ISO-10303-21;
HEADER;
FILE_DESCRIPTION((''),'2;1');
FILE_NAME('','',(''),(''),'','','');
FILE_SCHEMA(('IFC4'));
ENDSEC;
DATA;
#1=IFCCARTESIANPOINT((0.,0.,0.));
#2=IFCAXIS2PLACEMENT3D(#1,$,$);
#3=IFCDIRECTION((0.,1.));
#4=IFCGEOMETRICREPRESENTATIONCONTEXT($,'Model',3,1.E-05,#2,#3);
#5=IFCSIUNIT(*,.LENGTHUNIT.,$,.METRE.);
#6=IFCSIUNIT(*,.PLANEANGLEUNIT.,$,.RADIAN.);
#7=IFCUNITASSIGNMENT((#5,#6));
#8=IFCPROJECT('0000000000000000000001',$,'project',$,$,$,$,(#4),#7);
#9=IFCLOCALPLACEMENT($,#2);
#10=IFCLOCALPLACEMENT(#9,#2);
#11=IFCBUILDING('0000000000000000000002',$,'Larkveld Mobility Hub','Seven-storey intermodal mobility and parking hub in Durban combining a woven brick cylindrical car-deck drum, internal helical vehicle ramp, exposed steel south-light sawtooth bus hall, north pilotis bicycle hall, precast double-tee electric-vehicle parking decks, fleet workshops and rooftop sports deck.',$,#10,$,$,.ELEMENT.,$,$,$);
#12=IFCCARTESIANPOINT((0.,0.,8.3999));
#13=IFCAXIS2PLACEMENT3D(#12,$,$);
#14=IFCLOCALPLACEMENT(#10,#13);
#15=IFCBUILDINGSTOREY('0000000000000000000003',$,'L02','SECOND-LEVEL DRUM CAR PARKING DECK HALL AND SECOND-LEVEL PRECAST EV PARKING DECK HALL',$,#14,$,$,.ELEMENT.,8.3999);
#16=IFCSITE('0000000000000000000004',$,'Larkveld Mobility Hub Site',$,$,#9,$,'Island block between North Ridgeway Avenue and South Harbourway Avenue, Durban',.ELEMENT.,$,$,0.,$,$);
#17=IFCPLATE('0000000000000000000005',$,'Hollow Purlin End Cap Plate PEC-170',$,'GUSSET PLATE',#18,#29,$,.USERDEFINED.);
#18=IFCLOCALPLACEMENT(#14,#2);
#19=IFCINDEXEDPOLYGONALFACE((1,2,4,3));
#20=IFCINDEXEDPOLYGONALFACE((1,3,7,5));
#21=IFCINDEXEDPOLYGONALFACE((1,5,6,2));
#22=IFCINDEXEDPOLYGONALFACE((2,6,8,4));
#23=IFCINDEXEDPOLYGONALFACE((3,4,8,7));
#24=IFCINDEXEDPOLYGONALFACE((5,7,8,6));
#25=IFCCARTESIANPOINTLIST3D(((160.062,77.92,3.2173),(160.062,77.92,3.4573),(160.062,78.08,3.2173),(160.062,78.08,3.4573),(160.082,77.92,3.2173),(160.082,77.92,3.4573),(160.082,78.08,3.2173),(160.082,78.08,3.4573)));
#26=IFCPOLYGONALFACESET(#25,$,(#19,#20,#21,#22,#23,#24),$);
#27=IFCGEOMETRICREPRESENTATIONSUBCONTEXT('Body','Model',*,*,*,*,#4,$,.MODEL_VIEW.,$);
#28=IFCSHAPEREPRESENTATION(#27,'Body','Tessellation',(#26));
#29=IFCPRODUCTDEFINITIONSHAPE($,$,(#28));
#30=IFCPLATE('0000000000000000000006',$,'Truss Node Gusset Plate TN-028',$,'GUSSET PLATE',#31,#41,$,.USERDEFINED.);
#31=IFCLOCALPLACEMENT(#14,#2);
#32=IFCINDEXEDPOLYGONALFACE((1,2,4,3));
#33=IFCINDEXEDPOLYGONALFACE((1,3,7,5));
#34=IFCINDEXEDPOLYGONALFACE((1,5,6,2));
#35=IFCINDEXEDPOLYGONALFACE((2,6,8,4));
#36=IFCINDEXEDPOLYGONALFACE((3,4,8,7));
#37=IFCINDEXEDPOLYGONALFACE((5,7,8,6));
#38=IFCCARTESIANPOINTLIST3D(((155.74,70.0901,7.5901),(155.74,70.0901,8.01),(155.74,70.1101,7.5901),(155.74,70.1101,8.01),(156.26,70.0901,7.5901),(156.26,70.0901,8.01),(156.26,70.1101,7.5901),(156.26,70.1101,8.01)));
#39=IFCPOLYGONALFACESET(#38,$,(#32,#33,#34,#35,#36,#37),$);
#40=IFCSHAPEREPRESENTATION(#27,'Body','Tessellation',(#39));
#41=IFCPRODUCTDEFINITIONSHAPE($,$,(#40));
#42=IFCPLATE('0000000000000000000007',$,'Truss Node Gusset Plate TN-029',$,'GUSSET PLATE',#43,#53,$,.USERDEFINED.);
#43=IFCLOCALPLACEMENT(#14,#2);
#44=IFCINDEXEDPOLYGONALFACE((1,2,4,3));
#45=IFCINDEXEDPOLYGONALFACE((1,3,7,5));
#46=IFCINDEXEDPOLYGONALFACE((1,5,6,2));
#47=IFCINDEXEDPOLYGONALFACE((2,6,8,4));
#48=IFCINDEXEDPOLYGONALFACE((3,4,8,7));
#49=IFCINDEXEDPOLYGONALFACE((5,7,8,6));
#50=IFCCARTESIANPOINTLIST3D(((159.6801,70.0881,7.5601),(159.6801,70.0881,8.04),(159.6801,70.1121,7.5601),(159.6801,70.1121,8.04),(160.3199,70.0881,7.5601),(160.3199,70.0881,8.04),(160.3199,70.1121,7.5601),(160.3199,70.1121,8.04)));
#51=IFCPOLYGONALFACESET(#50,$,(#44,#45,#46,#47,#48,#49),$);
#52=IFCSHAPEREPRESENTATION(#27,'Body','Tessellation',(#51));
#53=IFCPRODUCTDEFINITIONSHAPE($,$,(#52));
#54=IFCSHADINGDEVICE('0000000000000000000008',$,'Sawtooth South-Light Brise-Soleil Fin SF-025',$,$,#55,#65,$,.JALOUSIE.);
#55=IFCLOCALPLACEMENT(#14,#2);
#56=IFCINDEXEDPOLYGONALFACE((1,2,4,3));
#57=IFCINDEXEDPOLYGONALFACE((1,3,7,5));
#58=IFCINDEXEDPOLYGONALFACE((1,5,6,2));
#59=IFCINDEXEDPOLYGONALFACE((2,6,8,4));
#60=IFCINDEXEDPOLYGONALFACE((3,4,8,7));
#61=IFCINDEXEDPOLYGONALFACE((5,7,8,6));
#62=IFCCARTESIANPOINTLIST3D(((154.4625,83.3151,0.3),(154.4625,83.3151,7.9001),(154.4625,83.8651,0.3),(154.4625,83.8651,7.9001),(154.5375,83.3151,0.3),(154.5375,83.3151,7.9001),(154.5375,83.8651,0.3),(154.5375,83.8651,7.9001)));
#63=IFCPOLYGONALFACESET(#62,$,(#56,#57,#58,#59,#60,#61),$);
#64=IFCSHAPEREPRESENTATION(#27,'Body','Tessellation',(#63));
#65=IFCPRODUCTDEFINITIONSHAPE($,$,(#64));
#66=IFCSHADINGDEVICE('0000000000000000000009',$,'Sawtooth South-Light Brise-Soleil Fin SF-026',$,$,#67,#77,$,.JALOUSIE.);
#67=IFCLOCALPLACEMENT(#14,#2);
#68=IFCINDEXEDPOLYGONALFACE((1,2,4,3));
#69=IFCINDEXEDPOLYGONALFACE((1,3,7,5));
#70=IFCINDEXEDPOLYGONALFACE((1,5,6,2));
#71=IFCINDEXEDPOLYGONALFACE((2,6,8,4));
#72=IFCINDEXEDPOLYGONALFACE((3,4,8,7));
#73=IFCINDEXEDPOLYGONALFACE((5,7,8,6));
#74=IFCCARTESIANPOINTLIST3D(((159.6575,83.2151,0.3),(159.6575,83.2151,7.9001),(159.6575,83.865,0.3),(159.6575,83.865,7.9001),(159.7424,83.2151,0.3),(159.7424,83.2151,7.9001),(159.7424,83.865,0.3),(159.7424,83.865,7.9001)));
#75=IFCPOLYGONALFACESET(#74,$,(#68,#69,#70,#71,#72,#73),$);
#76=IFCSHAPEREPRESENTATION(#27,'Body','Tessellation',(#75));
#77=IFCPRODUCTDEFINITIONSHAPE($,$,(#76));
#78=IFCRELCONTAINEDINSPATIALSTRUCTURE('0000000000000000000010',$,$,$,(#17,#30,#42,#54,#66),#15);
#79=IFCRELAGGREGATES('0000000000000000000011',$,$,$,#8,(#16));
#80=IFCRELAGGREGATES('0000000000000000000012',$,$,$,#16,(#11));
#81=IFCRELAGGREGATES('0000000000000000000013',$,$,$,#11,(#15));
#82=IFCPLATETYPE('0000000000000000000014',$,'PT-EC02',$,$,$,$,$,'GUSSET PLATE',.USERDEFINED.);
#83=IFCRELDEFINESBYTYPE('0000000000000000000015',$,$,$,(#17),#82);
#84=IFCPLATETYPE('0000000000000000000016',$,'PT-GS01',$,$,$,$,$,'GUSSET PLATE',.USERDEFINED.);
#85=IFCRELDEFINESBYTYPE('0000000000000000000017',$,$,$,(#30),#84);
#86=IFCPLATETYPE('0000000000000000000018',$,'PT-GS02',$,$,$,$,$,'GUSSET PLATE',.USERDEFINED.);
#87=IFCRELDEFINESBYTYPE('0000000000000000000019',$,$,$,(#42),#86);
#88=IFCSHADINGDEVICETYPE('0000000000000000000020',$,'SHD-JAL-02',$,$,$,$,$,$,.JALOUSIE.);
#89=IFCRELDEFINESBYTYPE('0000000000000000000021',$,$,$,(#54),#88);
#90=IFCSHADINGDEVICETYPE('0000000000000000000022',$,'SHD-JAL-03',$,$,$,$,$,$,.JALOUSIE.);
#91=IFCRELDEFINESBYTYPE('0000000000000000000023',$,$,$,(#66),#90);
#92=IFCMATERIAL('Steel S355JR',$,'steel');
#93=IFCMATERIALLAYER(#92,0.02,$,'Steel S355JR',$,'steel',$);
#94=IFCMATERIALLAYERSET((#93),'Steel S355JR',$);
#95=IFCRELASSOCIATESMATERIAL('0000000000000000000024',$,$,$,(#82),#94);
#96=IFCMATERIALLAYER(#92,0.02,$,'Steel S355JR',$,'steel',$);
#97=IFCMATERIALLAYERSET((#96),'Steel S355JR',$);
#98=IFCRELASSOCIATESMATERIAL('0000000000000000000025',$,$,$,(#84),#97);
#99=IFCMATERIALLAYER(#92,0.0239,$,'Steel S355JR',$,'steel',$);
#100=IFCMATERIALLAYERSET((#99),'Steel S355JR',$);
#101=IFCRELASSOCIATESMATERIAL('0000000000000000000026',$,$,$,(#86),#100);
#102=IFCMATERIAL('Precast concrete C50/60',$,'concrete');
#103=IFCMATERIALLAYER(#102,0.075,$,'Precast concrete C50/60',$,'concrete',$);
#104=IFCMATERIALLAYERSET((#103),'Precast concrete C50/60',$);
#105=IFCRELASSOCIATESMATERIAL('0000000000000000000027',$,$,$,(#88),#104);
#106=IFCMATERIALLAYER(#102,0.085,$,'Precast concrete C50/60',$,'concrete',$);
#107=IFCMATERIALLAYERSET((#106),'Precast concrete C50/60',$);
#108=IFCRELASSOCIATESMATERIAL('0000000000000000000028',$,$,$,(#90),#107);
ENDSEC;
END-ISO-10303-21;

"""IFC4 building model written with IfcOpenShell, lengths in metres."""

from ifc_helpers import new_model, si_unit, direction, frame, origin, origin_2d, place, context, subcontext, project, spatial, rectangle, extrude, material, layer, layer_set, type_object, element, save


model = new_model("IFC4")

# Units and contexts
model_context = context("Model", 3, precision=1e-05, world=origin(), true_north=direction((0.0, 1.0)))
body_context = subcontext(model_context, "Body", "Model", "MODEL_VIEW")
ifc_project = project(units=[si_unit("LENGTHUNIT", "METRE"), si_unit("PLANEANGLEUNIT", "RADIAN")], contexts=[model_context])

# Site, building, storey
site_placement = place(None, origin())
site = spatial("IfcSite", under=ifc_project, at=site_placement, Name="Larkveld Mobility Hub Site", LongName="Island block between North Ridgeway Avenue and South Harbourway Avenue, Durban", CompositionType="ELEMENT", RefElevation=0.0)
building_placement = place(site_placement, origin())
building = spatial("IfcBuilding", under=site, at=building_placement, Name="Larkveld Mobility Hub", Description="Seven-storey intermodal mobility and parking hub in Durban combining a woven brick cylindrical car-deck drum, internal helical vehicle ramp, exposed steel south-light sawtooth bus hall, north pilotis bicycle hall, precast double-tee electric-vehicle parking decks, fleet workshops and rooftop sports deck.", CompositionType="ELEMENT")
storey_placement = place(building_placement, frame((0.0, 0.0, 8.3999)))
storey = spatial("IfcBuildingStorey", under=building, at=storey_placement, Name="L02", Description="SECOND-LEVEL DRUM CAR PARKING DECK HALL AND SECOND-LEVEL PRECAST EV PARKING DECK HALL", CompositionType="ELEMENT", Elevation=8.3999)

# Shared definitions
ifc_material_1 = material(Name="Steel S355JR", Category="steel")

# Plates
ifc_layer_1 = layer(ifc_material_1, 0.02, Name="Steel S355JR", Category="steel")
ifc_layer_set_1 = layer_set([ifc_layer_1], Name="Steel S355JR")
plate_type_1 = type_object("IfcPlateType", Name="PT-EC02", ElementType="GUSSET PLATE", PredefinedType="USERDEFINED", material=ifc_layer_set_1)
for number, where, z_axis, x_axis, name in (
    (1, (160.072, 78.0, 3.2173), (0.0, 0.0, 1.0), (1.0, 0.0, 0.0), "Hollow Purlin End Cap Plate PEC-170"),
):
    element("IfcPlate", number, at=place(storey_placement, frame(where, z_axis=z_axis, x_axis=x_axis)), inside=storey, type_object=plate_type_1, Name=name, ObjectType="GUSSET PLATE", PredefinedType="USERDEFINED", context=body_context, shape_type="SweptSolid", body=[
        extrude(rectangle(XDim=0.02, YDim=0.1599, at=origin_2d()), origin(), (0.0, 0.0, 1.0), 0.24),
    ])
ifc_layer_2 = layer(ifc_material_1, 0.02, Name="Steel S355JR", Category="steel")
ifc_layer_set_2 = layer_set([ifc_layer_2], Name="Steel S355JR")
plate_type_2 = type_object("IfcPlateType", Name="PT-GS01", ElementType="GUSSET PLATE", PredefinedType="USERDEFINED", material=ifc_layer_set_2)
plate_1_placement = place(storey_placement, frame((156.0, 70.1001, 7.5901), z_axis=(0.0, 0.0, 1.0), x_axis=(1.0, 0.0, 0.0)))
element("IfcPlate", 2, at=plate_1_placement, inside=storey, type_object=plate_type_2, Name="Truss Node Gusset Plate TN-028", ObjectType="GUSSET PLATE", PredefinedType="USERDEFINED", context=body_context, shape_type="SweptSolid", body=[
    extrude(rectangle(XDim=0.52, YDim=0.02, at=origin_2d()), origin(), (0.0, 0.0, 1.0), 0.4199),
])
ifc_layer_3 = layer(ifc_material_1, 0.0239, Name="Steel S355JR", Category="steel")
ifc_layer_set_3 = layer_set([ifc_layer_3], Name="Steel S355JR")
plate_type_3 = type_object("IfcPlateType", Name="PT-GS02", ElementType="GUSSET PLATE", PredefinedType="USERDEFINED", material=ifc_layer_set_3)
plate_2_placement = place(storey_placement, frame((160.0, 70.1001, 7.5601), z_axis=(0.0, 0.0, 1.0), x_axis=(1.0, 0.0, 0.0)))
element("IfcPlate", 3, at=plate_2_placement, inside=storey, type_object=plate_type_3, Name="Truss Node Gusset Plate TN-029", ObjectType="GUSSET PLATE", PredefinedType="USERDEFINED", context=body_context, shape_type="SweptSolid", body=[
    extrude(rectangle(XDim=0.6399, YDim=0.0239, at=origin_2d()), origin(), (0.0, 0.0, 1.0), 0.48),
])

# Shading devices
ifc_material_2 = material(Name="Precast concrete C50/60", Category="concrete")
ifc_layer_4 = layer(ifc_material_2, 0.075, Name="Precast concrete C50/60", Category="concrete")
ifc_layer_set_4 = layer_set([ifc_layer_4], Name="Precast concrete C50/60")
shading_device_type_1 = type_object("IfcShadingDeviceType", Name="SHD-JAL-02", PredefinedType="JALOUSIE", material=ifc_layer_set_4)
shading_device_1_placement = place(storey_placement, frame((154.5, 83.5901, 0.3), z_axis=(0.0, 0.0, 1.0), x_axis=(1.0, 0.0, 0.0)))
element("IfcShadingDevice", 4, at=shading_device_1_placement, inside=storey, type_object=shading_device_type_1, Name="Sawtooth South-Light Brise-Soleil Fin SF-025", PredefinedType="JALOUSIE", context=body_context, shape_type="SweptSolid", body=[
    extrude(rectangle(XDim=0.075, YDim=0.55, at=origin_2d()), origin(), (0.0, 0.0, 1.0), 7.6001),
])
ifc_layer_5 = layer(ifc_material_2, 0.085, Name="Precast concrete C50/60", Category="concrete")
ifc_layer_set_5 = layer_set([ifc_layer_5], Name="Precast concrete C50/60")
shading_device_type_2 = type_object("IfcShadingDeviceType", Name="SHD-JAL-03", PredefinedType="JALOUSIE", material=ifc_layer_set_5)
shading_device_2_placement = place(storey_placement, frame((159.7, 83.54, 0.3), z_axis=(0.0, 0.0, 1.0), x_axis=(1.0, 0.0, 0.0)))
element("IfcShadingDevice", 5, at=shading_device_2_placement, inside=storey, type_object=shading_device_type_2, Name="Sawtooth South-Light Brise-Soleil Fin SF-026", PredefinedType="JALOUSIE", context=body_context, shape_type="SweptSolid", body=[
    extrude(rectangle(XDim=0.085, YDim=0.6499, at=origin_2d()), origin(), (0.0, 0.0, 1.0), 7.6001),
])

save(model, "model.ifc")
